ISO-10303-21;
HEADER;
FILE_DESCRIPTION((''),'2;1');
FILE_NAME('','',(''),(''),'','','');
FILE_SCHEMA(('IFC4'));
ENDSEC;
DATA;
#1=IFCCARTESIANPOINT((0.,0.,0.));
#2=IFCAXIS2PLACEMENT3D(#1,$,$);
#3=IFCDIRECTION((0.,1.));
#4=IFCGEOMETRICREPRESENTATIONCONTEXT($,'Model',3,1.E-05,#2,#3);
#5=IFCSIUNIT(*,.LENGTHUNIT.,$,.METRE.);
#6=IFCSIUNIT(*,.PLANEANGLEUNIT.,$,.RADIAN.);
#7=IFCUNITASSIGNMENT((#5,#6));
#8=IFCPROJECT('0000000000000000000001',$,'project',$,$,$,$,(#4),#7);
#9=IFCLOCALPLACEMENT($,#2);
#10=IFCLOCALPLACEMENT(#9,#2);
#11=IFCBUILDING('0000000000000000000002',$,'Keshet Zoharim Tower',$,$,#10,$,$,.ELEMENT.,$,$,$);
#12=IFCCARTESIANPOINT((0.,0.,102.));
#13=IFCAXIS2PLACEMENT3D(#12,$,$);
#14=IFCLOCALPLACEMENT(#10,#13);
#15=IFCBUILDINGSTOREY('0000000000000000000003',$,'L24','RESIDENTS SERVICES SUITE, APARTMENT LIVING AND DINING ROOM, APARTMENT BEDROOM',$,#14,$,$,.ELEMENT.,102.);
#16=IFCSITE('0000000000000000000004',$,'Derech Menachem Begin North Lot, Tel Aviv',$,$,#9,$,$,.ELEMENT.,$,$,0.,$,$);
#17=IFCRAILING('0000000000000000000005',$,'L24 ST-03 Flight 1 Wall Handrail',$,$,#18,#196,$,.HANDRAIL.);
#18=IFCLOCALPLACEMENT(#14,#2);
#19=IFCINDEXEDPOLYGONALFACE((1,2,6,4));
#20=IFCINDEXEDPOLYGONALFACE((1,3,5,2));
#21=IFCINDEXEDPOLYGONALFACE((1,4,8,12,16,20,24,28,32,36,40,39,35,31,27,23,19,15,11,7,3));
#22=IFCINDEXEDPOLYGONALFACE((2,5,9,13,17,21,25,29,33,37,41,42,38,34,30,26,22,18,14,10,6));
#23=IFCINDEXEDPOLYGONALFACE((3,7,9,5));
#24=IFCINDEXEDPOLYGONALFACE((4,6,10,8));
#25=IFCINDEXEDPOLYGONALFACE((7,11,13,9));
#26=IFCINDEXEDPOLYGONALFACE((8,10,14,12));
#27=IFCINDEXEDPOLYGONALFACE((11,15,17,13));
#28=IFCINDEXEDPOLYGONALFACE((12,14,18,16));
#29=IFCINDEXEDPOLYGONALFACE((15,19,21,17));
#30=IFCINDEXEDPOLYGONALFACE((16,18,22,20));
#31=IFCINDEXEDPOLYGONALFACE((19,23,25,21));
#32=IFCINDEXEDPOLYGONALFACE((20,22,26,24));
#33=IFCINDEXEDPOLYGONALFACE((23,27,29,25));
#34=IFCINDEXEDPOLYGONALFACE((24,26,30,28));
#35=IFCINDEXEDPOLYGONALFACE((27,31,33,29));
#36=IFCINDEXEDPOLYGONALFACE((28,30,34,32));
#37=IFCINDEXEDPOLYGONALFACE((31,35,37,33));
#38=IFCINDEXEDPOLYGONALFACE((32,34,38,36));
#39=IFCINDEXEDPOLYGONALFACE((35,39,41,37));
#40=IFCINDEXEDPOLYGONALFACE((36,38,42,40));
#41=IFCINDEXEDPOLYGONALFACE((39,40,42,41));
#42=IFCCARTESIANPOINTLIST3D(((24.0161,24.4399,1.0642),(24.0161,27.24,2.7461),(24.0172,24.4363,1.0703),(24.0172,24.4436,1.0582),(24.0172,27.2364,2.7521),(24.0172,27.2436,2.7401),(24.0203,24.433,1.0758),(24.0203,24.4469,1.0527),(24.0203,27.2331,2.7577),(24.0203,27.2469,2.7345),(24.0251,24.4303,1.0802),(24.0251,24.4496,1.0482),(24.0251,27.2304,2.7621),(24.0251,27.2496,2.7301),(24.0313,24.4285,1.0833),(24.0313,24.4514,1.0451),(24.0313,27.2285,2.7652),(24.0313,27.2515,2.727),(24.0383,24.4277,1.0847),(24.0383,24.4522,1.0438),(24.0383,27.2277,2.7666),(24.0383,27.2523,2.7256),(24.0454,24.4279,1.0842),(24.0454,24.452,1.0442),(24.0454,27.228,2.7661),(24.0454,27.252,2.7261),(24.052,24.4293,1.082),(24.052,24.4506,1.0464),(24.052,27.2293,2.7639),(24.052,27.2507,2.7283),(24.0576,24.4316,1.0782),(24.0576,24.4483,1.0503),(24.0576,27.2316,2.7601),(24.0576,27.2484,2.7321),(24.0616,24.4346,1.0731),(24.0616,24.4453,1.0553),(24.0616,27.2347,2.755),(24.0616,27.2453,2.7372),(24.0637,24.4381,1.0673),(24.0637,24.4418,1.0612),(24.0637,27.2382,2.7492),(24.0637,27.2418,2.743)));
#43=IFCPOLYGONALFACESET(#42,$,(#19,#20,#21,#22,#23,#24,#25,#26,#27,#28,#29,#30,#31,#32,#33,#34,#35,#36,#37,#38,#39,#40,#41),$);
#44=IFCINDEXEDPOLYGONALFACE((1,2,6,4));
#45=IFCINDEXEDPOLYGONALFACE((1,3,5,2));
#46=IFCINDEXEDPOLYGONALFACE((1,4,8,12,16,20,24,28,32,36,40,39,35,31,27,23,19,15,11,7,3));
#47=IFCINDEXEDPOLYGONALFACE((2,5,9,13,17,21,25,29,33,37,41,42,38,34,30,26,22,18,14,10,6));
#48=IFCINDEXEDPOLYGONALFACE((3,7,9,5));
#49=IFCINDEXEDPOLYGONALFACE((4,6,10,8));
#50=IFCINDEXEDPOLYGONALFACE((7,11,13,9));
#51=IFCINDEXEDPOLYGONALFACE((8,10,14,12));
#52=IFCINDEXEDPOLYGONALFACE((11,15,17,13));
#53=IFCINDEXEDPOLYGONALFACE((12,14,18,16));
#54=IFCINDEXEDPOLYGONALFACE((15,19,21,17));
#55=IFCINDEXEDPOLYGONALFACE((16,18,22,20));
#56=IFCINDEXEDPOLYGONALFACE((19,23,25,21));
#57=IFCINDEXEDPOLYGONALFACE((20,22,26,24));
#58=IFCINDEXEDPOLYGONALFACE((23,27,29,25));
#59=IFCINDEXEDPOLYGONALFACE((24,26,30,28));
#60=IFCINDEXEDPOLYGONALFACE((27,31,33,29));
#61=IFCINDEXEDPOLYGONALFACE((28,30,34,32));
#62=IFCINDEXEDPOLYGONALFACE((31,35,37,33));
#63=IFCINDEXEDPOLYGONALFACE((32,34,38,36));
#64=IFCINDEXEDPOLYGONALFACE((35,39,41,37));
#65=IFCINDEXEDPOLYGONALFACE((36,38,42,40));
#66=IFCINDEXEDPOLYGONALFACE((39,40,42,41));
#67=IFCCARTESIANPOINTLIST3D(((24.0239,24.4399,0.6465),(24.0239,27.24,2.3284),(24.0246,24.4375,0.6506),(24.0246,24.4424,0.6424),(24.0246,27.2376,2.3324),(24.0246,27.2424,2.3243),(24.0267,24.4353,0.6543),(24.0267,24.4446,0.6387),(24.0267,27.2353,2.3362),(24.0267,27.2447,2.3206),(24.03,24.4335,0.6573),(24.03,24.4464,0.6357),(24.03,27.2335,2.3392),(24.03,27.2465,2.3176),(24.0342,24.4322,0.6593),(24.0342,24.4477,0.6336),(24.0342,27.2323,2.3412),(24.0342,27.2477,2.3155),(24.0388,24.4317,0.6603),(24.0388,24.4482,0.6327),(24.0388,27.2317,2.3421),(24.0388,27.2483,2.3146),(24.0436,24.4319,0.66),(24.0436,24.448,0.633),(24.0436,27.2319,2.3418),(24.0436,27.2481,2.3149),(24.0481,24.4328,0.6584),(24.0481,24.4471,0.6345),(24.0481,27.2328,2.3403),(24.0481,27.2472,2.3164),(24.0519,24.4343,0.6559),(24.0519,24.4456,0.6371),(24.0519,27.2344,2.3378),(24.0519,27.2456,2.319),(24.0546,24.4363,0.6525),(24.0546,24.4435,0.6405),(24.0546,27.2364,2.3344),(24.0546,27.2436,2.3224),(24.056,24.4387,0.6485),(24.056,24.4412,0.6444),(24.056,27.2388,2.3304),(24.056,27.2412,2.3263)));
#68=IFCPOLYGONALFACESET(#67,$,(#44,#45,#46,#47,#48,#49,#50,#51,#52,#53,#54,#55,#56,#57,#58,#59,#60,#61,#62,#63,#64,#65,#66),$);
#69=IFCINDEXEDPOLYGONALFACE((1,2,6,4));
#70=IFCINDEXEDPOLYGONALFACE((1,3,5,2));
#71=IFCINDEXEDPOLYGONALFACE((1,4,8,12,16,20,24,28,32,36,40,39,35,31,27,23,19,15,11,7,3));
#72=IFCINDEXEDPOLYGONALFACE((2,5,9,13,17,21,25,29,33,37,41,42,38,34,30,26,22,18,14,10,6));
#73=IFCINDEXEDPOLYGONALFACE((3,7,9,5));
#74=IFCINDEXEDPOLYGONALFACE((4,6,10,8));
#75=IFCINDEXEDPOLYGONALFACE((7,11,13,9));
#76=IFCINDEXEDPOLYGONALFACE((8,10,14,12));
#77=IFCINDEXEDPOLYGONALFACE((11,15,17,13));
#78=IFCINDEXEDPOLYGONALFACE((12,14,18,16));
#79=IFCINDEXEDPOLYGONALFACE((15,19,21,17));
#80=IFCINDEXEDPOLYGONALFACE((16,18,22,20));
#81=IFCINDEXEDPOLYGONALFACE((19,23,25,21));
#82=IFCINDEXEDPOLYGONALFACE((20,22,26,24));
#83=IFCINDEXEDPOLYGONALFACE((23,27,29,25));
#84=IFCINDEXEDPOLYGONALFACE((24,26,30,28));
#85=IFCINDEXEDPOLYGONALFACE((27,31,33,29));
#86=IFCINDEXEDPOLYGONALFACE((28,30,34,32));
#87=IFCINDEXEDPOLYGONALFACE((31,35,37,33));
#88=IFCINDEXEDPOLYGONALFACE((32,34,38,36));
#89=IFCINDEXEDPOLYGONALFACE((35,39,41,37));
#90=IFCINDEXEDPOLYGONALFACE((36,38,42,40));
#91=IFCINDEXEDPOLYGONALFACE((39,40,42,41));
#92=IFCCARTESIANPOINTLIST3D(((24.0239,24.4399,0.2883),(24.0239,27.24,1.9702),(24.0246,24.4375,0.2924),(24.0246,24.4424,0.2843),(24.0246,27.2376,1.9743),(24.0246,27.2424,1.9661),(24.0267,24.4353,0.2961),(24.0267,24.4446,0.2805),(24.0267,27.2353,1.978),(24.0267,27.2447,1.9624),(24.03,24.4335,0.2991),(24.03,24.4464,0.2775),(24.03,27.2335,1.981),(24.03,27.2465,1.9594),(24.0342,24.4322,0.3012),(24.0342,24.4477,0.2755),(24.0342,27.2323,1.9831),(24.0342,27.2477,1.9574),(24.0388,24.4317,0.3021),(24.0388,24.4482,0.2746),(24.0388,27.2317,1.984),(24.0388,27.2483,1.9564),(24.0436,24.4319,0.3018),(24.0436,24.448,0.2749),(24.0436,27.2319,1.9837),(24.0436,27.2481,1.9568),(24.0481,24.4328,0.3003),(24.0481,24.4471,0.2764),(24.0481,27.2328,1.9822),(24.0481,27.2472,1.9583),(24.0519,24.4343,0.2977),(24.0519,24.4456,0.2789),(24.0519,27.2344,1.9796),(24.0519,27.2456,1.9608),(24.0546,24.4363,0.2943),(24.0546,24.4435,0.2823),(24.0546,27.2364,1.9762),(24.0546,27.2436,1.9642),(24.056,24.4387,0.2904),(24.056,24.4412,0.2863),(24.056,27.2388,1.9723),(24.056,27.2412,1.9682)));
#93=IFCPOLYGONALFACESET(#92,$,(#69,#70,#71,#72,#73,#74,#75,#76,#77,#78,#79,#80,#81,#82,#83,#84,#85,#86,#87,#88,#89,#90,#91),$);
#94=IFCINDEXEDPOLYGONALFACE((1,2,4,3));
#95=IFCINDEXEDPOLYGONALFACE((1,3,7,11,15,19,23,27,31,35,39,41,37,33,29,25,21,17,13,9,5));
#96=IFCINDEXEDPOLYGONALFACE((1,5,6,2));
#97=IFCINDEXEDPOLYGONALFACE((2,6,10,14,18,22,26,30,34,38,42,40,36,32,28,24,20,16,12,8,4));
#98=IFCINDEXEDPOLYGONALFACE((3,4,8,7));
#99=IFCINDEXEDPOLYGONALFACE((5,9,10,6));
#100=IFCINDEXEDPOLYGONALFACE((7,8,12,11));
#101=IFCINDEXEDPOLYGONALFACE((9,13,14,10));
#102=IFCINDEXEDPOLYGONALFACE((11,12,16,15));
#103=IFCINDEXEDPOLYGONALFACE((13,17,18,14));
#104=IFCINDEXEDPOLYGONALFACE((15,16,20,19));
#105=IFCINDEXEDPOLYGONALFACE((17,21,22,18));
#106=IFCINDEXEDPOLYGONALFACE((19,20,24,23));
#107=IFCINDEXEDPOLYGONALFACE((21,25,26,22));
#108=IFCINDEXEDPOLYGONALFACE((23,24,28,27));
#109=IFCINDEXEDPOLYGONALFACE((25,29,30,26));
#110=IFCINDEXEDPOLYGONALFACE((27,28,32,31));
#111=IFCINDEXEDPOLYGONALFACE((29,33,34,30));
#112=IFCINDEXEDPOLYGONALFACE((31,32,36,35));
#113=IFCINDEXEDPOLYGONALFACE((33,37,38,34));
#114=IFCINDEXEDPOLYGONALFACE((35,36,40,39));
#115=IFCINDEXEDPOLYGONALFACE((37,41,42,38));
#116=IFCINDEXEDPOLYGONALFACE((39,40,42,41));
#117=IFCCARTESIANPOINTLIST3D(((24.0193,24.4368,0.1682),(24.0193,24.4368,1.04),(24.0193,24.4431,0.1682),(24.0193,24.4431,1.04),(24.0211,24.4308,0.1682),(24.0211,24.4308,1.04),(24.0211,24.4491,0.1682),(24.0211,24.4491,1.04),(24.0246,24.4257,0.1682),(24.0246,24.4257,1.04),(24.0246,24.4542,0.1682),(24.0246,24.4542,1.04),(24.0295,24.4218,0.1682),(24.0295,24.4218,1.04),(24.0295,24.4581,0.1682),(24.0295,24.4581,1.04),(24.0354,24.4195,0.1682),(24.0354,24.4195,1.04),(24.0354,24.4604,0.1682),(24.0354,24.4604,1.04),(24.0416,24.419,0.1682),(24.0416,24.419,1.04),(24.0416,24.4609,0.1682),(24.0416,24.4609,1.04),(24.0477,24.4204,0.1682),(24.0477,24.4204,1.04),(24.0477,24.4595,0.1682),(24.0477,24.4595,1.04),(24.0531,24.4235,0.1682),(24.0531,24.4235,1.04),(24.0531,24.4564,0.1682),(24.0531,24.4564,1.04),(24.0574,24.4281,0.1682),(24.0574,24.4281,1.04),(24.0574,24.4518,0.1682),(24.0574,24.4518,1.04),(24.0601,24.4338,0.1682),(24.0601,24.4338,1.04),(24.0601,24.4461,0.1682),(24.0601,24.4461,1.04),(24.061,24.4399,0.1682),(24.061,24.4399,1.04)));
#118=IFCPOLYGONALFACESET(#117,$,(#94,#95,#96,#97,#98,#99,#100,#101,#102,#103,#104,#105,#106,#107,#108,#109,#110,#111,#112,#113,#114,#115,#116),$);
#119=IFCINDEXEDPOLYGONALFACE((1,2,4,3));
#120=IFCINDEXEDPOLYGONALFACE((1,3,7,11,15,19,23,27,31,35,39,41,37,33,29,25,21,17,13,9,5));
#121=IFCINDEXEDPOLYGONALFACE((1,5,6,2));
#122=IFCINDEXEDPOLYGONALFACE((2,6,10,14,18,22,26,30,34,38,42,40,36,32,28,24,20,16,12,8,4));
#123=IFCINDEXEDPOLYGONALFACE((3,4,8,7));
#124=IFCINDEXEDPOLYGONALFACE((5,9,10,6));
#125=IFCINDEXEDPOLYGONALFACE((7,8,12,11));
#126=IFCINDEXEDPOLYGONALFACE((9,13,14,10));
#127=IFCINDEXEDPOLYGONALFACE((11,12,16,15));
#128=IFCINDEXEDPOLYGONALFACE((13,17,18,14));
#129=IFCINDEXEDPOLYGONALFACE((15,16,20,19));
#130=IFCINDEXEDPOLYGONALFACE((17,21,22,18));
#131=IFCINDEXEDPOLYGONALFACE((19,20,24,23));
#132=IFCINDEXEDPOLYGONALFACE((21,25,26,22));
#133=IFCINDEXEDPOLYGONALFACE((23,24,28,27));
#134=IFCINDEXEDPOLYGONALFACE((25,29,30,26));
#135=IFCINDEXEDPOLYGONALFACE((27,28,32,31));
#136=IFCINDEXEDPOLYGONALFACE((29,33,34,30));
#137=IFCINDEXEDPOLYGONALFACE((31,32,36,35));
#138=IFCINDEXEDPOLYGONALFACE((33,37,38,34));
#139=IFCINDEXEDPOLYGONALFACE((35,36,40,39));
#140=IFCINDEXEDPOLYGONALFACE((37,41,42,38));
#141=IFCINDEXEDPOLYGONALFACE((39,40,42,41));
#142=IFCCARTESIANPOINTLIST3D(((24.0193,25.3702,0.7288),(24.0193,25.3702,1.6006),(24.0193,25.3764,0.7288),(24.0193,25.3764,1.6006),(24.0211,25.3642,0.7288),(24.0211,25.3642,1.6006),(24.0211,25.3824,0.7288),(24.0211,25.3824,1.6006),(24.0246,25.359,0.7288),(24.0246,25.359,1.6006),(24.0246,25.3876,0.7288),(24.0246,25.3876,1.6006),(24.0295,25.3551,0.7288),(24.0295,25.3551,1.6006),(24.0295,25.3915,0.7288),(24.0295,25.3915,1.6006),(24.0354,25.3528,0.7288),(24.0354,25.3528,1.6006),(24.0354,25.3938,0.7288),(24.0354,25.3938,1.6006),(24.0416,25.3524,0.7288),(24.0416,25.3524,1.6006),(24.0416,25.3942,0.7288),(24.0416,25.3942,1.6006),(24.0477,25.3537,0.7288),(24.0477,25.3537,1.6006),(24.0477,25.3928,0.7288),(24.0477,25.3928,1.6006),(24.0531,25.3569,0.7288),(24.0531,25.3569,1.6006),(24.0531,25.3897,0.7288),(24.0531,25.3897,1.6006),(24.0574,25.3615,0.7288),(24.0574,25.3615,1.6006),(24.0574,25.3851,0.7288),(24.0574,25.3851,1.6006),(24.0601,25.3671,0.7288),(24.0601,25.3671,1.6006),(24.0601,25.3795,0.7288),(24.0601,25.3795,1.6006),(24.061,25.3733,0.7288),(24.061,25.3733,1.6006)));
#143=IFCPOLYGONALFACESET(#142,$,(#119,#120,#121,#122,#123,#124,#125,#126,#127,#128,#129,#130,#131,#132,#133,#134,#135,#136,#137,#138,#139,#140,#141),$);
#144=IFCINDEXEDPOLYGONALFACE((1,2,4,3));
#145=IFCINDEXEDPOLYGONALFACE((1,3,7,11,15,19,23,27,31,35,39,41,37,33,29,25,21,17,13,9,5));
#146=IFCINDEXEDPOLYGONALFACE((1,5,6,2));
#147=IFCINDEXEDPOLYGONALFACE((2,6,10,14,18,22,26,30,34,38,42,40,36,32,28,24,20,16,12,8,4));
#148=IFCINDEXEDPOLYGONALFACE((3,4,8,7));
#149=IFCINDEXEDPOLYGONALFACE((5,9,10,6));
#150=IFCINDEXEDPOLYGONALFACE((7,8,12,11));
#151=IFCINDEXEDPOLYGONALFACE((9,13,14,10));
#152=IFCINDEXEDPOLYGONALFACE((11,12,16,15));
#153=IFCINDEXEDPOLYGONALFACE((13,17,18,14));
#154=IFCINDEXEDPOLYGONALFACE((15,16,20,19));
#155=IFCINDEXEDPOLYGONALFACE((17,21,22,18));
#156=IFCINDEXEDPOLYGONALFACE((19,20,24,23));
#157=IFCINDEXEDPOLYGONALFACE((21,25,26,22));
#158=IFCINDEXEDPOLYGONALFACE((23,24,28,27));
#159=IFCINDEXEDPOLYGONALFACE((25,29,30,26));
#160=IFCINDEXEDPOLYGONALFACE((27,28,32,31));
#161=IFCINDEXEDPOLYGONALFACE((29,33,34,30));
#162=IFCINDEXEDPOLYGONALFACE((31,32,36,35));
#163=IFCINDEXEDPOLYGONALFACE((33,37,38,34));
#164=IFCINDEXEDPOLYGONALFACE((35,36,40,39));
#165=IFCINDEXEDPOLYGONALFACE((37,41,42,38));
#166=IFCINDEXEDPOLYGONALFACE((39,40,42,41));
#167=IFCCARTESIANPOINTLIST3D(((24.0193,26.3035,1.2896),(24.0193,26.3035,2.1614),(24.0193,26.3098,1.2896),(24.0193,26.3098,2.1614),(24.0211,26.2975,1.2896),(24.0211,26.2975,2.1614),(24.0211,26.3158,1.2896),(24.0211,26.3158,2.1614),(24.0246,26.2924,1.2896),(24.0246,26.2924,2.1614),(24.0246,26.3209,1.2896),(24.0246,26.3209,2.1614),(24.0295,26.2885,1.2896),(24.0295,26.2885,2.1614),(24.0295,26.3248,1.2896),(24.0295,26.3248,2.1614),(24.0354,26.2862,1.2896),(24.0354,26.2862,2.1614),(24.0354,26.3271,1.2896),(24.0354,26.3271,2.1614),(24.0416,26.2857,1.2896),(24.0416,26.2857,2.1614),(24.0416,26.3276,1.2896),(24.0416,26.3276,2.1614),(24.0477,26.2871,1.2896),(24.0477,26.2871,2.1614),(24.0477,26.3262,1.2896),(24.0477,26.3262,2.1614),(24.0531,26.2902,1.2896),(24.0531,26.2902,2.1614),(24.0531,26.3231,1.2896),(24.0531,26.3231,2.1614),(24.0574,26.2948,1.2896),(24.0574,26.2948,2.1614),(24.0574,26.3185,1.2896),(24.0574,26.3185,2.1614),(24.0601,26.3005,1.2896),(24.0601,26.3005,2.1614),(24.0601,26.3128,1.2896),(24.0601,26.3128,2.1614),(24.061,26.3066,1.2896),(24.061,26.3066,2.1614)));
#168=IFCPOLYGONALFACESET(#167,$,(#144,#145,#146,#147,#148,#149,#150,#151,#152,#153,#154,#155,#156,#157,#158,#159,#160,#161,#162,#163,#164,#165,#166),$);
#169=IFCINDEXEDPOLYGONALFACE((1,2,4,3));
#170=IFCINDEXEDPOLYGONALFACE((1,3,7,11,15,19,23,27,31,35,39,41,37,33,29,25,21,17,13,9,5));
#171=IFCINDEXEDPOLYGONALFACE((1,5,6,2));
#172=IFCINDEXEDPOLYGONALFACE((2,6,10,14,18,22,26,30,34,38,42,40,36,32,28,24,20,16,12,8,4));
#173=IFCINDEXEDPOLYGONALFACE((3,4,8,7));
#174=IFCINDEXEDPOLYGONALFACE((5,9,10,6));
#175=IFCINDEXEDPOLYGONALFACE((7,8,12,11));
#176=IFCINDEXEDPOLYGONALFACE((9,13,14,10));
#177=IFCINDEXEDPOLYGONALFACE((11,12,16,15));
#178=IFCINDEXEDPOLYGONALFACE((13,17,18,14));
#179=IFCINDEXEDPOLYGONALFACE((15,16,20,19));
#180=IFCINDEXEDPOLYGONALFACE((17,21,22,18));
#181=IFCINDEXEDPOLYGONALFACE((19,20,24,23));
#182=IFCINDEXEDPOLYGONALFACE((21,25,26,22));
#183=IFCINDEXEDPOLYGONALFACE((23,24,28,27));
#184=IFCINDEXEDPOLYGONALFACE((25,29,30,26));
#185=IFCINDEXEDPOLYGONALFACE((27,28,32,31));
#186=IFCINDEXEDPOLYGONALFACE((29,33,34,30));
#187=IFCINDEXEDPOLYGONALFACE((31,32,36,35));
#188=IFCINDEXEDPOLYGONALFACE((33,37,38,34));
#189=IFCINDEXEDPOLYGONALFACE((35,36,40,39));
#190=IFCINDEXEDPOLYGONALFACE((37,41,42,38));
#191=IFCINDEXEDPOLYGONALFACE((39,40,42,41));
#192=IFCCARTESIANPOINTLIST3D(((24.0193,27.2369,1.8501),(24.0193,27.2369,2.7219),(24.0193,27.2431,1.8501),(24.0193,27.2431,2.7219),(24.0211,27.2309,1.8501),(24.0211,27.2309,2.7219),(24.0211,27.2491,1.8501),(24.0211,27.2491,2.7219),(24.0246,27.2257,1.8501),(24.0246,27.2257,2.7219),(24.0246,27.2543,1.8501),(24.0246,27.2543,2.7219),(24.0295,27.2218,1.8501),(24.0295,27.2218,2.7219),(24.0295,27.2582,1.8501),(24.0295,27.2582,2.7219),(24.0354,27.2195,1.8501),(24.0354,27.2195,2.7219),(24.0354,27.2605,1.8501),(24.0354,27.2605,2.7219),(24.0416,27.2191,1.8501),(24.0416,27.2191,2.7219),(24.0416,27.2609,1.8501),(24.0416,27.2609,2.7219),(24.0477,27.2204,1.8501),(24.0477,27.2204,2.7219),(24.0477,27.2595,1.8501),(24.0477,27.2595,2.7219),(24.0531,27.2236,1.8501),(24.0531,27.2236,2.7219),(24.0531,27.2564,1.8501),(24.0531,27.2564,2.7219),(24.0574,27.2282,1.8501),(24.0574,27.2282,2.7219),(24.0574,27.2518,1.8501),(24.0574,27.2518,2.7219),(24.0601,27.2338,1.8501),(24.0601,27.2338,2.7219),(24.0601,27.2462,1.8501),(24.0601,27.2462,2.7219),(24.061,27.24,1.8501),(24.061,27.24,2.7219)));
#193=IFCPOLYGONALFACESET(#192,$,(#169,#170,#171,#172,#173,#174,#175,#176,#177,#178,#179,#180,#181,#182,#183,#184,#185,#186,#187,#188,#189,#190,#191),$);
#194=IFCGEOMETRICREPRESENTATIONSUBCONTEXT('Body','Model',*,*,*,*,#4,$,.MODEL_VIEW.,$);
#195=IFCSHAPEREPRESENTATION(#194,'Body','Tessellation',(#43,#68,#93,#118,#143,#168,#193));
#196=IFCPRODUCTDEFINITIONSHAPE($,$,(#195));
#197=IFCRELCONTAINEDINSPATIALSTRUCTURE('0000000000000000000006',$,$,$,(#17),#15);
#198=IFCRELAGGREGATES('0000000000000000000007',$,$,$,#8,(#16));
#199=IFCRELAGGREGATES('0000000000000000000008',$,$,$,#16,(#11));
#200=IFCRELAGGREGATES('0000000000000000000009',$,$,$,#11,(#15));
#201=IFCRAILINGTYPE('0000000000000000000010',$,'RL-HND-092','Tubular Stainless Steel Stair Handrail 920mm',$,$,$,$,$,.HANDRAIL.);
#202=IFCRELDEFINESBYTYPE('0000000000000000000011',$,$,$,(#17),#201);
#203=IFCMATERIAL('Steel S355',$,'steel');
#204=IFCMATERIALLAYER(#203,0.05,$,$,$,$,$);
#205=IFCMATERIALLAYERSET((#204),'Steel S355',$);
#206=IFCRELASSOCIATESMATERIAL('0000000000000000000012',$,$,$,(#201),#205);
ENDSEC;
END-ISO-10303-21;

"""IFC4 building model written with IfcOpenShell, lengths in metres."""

from ifc_helpers import new_model, si_unit, direction, frame, origin, origin_2d, place, context, subcontext, project, spatial, circle, extrude, material, layer, layer_set, type_object, element, save


model = new_model("IFC4")

# Units and contexts
model_context = context("Model", 3, precision=1e-05, world=origin(), true_north=direction((0.0, 1.0)))
body_context = subcontext(model_context, "Body", "Model", "MODEL_VIEW")
ifc_project = project(units=[si_unit("LENGTHUNIT", "METRE"), si_unit("PLANEANGLEUNIT", "RADIAN")], contexts=[model_context])

# Site, building, storey
site_placement = place(None, origin())
site = spatial("IfcSite", under=ifc_project, at=site_placement, Name="Derech Menachem Begin North Lot, Tel Aviv", CompositionType="ELEMENT", RefElevation=0.0)
building_placement = place(site_placement, origin())
building = spatial("IfcBuilding", under=site, at=building_placement, Name="Keshet Zoharim Tower", CompositionType="ELEMENT")
storey_placement = place(building_placement, frame((0.0, 0.0, 102.0)))
storey = spatial("IfcBuildingStorey", under=building, at=storey_placement, Name="L24", Description="RESIDENTS SERVICES SUITE, APARTMENT LIVING AND DINING ROOM, APARTMENT BEDROOM", CompositionType="ELEMENT", Elevation=102.0)

# Shared definitions
ifc_material_1 = material(Name="Steel S355", Category="steel")

# Railing
ifc_layer_1 = layer(ifc_material_1, 0.05)
ifc_layer_set_1 = layer_set([ifc_layer_1], Name="Steel S355")
railing_type_1 = type_object("IfcRailingType", Name="RL-HND-092", Description="Tubular Stainless Steel Stair Handrail 920mm", PredefinedType="HANDRAIL", material=ifc_layer_set_1)
railing_1_placement = place(storey_placement, frame((24.04, 24.4399, 0.1682)))
element("IfcRailing", 1, at=railing_1_placement, inside=storey, type_object=railing_type_1, Name="L24 ST-03 Flight 1 Wall Handrail", PredefinedType="HANDRAIL", context=body_context, shape_type="SweptSolid", body=[
    extrude(circle(Radius=0.0239, at=origin_2d()), frame((0.0, 0.0, 0.896), z_axis=(0.0, 0.857242, 0.514913), x_axis=(-1.0, 0.0, 0.0)), (0.0, 0.0, 1.0), 3.2664),
    extrude(circle(Radius=0.0161, at=origin_2d()), frame((0.0, 0.0, 0.4783), z_axis=(0.0, 0.857242, 0.514913), x_axis=(-1.0, 0.0, 0.0)), (0.0, 0.0, 1.0), 3.2664),
    extrude(circle(Radius=0.0161, at=origin_2d()), frame((0.0, 0.0, 0.1201), z_axis=(0.0, 0.857242, 0.514913), x_axis=(-1.0, 0.0, 0.0)), (0.0, 0.0, 1.0), 3.2664),
    extrude(circle(Radius=0.021, at=origin_2d()), origin(), (0.0, 0.0, 1.0), 0.8718),
    extrude(circle(Radius=0.021, at=origin_2d()), frame((0.0, 0.9333, 0.5605)), (0.0, 0.0, 1.0), 0.8718),
    extrude(circle(Radius=0.021, at=origin_2d()), frame((0.0, 1.8667, 1.1213)), (0.0, 0.0, 1.0), 0.8718),
    extrude(circle(Radius=0.021, at=origin_2d()), frame((0.0, 2.8, 1.6819)), (0.0, 0.0, 1.0), 0.8718),
])

save(model, "model.ifc")
